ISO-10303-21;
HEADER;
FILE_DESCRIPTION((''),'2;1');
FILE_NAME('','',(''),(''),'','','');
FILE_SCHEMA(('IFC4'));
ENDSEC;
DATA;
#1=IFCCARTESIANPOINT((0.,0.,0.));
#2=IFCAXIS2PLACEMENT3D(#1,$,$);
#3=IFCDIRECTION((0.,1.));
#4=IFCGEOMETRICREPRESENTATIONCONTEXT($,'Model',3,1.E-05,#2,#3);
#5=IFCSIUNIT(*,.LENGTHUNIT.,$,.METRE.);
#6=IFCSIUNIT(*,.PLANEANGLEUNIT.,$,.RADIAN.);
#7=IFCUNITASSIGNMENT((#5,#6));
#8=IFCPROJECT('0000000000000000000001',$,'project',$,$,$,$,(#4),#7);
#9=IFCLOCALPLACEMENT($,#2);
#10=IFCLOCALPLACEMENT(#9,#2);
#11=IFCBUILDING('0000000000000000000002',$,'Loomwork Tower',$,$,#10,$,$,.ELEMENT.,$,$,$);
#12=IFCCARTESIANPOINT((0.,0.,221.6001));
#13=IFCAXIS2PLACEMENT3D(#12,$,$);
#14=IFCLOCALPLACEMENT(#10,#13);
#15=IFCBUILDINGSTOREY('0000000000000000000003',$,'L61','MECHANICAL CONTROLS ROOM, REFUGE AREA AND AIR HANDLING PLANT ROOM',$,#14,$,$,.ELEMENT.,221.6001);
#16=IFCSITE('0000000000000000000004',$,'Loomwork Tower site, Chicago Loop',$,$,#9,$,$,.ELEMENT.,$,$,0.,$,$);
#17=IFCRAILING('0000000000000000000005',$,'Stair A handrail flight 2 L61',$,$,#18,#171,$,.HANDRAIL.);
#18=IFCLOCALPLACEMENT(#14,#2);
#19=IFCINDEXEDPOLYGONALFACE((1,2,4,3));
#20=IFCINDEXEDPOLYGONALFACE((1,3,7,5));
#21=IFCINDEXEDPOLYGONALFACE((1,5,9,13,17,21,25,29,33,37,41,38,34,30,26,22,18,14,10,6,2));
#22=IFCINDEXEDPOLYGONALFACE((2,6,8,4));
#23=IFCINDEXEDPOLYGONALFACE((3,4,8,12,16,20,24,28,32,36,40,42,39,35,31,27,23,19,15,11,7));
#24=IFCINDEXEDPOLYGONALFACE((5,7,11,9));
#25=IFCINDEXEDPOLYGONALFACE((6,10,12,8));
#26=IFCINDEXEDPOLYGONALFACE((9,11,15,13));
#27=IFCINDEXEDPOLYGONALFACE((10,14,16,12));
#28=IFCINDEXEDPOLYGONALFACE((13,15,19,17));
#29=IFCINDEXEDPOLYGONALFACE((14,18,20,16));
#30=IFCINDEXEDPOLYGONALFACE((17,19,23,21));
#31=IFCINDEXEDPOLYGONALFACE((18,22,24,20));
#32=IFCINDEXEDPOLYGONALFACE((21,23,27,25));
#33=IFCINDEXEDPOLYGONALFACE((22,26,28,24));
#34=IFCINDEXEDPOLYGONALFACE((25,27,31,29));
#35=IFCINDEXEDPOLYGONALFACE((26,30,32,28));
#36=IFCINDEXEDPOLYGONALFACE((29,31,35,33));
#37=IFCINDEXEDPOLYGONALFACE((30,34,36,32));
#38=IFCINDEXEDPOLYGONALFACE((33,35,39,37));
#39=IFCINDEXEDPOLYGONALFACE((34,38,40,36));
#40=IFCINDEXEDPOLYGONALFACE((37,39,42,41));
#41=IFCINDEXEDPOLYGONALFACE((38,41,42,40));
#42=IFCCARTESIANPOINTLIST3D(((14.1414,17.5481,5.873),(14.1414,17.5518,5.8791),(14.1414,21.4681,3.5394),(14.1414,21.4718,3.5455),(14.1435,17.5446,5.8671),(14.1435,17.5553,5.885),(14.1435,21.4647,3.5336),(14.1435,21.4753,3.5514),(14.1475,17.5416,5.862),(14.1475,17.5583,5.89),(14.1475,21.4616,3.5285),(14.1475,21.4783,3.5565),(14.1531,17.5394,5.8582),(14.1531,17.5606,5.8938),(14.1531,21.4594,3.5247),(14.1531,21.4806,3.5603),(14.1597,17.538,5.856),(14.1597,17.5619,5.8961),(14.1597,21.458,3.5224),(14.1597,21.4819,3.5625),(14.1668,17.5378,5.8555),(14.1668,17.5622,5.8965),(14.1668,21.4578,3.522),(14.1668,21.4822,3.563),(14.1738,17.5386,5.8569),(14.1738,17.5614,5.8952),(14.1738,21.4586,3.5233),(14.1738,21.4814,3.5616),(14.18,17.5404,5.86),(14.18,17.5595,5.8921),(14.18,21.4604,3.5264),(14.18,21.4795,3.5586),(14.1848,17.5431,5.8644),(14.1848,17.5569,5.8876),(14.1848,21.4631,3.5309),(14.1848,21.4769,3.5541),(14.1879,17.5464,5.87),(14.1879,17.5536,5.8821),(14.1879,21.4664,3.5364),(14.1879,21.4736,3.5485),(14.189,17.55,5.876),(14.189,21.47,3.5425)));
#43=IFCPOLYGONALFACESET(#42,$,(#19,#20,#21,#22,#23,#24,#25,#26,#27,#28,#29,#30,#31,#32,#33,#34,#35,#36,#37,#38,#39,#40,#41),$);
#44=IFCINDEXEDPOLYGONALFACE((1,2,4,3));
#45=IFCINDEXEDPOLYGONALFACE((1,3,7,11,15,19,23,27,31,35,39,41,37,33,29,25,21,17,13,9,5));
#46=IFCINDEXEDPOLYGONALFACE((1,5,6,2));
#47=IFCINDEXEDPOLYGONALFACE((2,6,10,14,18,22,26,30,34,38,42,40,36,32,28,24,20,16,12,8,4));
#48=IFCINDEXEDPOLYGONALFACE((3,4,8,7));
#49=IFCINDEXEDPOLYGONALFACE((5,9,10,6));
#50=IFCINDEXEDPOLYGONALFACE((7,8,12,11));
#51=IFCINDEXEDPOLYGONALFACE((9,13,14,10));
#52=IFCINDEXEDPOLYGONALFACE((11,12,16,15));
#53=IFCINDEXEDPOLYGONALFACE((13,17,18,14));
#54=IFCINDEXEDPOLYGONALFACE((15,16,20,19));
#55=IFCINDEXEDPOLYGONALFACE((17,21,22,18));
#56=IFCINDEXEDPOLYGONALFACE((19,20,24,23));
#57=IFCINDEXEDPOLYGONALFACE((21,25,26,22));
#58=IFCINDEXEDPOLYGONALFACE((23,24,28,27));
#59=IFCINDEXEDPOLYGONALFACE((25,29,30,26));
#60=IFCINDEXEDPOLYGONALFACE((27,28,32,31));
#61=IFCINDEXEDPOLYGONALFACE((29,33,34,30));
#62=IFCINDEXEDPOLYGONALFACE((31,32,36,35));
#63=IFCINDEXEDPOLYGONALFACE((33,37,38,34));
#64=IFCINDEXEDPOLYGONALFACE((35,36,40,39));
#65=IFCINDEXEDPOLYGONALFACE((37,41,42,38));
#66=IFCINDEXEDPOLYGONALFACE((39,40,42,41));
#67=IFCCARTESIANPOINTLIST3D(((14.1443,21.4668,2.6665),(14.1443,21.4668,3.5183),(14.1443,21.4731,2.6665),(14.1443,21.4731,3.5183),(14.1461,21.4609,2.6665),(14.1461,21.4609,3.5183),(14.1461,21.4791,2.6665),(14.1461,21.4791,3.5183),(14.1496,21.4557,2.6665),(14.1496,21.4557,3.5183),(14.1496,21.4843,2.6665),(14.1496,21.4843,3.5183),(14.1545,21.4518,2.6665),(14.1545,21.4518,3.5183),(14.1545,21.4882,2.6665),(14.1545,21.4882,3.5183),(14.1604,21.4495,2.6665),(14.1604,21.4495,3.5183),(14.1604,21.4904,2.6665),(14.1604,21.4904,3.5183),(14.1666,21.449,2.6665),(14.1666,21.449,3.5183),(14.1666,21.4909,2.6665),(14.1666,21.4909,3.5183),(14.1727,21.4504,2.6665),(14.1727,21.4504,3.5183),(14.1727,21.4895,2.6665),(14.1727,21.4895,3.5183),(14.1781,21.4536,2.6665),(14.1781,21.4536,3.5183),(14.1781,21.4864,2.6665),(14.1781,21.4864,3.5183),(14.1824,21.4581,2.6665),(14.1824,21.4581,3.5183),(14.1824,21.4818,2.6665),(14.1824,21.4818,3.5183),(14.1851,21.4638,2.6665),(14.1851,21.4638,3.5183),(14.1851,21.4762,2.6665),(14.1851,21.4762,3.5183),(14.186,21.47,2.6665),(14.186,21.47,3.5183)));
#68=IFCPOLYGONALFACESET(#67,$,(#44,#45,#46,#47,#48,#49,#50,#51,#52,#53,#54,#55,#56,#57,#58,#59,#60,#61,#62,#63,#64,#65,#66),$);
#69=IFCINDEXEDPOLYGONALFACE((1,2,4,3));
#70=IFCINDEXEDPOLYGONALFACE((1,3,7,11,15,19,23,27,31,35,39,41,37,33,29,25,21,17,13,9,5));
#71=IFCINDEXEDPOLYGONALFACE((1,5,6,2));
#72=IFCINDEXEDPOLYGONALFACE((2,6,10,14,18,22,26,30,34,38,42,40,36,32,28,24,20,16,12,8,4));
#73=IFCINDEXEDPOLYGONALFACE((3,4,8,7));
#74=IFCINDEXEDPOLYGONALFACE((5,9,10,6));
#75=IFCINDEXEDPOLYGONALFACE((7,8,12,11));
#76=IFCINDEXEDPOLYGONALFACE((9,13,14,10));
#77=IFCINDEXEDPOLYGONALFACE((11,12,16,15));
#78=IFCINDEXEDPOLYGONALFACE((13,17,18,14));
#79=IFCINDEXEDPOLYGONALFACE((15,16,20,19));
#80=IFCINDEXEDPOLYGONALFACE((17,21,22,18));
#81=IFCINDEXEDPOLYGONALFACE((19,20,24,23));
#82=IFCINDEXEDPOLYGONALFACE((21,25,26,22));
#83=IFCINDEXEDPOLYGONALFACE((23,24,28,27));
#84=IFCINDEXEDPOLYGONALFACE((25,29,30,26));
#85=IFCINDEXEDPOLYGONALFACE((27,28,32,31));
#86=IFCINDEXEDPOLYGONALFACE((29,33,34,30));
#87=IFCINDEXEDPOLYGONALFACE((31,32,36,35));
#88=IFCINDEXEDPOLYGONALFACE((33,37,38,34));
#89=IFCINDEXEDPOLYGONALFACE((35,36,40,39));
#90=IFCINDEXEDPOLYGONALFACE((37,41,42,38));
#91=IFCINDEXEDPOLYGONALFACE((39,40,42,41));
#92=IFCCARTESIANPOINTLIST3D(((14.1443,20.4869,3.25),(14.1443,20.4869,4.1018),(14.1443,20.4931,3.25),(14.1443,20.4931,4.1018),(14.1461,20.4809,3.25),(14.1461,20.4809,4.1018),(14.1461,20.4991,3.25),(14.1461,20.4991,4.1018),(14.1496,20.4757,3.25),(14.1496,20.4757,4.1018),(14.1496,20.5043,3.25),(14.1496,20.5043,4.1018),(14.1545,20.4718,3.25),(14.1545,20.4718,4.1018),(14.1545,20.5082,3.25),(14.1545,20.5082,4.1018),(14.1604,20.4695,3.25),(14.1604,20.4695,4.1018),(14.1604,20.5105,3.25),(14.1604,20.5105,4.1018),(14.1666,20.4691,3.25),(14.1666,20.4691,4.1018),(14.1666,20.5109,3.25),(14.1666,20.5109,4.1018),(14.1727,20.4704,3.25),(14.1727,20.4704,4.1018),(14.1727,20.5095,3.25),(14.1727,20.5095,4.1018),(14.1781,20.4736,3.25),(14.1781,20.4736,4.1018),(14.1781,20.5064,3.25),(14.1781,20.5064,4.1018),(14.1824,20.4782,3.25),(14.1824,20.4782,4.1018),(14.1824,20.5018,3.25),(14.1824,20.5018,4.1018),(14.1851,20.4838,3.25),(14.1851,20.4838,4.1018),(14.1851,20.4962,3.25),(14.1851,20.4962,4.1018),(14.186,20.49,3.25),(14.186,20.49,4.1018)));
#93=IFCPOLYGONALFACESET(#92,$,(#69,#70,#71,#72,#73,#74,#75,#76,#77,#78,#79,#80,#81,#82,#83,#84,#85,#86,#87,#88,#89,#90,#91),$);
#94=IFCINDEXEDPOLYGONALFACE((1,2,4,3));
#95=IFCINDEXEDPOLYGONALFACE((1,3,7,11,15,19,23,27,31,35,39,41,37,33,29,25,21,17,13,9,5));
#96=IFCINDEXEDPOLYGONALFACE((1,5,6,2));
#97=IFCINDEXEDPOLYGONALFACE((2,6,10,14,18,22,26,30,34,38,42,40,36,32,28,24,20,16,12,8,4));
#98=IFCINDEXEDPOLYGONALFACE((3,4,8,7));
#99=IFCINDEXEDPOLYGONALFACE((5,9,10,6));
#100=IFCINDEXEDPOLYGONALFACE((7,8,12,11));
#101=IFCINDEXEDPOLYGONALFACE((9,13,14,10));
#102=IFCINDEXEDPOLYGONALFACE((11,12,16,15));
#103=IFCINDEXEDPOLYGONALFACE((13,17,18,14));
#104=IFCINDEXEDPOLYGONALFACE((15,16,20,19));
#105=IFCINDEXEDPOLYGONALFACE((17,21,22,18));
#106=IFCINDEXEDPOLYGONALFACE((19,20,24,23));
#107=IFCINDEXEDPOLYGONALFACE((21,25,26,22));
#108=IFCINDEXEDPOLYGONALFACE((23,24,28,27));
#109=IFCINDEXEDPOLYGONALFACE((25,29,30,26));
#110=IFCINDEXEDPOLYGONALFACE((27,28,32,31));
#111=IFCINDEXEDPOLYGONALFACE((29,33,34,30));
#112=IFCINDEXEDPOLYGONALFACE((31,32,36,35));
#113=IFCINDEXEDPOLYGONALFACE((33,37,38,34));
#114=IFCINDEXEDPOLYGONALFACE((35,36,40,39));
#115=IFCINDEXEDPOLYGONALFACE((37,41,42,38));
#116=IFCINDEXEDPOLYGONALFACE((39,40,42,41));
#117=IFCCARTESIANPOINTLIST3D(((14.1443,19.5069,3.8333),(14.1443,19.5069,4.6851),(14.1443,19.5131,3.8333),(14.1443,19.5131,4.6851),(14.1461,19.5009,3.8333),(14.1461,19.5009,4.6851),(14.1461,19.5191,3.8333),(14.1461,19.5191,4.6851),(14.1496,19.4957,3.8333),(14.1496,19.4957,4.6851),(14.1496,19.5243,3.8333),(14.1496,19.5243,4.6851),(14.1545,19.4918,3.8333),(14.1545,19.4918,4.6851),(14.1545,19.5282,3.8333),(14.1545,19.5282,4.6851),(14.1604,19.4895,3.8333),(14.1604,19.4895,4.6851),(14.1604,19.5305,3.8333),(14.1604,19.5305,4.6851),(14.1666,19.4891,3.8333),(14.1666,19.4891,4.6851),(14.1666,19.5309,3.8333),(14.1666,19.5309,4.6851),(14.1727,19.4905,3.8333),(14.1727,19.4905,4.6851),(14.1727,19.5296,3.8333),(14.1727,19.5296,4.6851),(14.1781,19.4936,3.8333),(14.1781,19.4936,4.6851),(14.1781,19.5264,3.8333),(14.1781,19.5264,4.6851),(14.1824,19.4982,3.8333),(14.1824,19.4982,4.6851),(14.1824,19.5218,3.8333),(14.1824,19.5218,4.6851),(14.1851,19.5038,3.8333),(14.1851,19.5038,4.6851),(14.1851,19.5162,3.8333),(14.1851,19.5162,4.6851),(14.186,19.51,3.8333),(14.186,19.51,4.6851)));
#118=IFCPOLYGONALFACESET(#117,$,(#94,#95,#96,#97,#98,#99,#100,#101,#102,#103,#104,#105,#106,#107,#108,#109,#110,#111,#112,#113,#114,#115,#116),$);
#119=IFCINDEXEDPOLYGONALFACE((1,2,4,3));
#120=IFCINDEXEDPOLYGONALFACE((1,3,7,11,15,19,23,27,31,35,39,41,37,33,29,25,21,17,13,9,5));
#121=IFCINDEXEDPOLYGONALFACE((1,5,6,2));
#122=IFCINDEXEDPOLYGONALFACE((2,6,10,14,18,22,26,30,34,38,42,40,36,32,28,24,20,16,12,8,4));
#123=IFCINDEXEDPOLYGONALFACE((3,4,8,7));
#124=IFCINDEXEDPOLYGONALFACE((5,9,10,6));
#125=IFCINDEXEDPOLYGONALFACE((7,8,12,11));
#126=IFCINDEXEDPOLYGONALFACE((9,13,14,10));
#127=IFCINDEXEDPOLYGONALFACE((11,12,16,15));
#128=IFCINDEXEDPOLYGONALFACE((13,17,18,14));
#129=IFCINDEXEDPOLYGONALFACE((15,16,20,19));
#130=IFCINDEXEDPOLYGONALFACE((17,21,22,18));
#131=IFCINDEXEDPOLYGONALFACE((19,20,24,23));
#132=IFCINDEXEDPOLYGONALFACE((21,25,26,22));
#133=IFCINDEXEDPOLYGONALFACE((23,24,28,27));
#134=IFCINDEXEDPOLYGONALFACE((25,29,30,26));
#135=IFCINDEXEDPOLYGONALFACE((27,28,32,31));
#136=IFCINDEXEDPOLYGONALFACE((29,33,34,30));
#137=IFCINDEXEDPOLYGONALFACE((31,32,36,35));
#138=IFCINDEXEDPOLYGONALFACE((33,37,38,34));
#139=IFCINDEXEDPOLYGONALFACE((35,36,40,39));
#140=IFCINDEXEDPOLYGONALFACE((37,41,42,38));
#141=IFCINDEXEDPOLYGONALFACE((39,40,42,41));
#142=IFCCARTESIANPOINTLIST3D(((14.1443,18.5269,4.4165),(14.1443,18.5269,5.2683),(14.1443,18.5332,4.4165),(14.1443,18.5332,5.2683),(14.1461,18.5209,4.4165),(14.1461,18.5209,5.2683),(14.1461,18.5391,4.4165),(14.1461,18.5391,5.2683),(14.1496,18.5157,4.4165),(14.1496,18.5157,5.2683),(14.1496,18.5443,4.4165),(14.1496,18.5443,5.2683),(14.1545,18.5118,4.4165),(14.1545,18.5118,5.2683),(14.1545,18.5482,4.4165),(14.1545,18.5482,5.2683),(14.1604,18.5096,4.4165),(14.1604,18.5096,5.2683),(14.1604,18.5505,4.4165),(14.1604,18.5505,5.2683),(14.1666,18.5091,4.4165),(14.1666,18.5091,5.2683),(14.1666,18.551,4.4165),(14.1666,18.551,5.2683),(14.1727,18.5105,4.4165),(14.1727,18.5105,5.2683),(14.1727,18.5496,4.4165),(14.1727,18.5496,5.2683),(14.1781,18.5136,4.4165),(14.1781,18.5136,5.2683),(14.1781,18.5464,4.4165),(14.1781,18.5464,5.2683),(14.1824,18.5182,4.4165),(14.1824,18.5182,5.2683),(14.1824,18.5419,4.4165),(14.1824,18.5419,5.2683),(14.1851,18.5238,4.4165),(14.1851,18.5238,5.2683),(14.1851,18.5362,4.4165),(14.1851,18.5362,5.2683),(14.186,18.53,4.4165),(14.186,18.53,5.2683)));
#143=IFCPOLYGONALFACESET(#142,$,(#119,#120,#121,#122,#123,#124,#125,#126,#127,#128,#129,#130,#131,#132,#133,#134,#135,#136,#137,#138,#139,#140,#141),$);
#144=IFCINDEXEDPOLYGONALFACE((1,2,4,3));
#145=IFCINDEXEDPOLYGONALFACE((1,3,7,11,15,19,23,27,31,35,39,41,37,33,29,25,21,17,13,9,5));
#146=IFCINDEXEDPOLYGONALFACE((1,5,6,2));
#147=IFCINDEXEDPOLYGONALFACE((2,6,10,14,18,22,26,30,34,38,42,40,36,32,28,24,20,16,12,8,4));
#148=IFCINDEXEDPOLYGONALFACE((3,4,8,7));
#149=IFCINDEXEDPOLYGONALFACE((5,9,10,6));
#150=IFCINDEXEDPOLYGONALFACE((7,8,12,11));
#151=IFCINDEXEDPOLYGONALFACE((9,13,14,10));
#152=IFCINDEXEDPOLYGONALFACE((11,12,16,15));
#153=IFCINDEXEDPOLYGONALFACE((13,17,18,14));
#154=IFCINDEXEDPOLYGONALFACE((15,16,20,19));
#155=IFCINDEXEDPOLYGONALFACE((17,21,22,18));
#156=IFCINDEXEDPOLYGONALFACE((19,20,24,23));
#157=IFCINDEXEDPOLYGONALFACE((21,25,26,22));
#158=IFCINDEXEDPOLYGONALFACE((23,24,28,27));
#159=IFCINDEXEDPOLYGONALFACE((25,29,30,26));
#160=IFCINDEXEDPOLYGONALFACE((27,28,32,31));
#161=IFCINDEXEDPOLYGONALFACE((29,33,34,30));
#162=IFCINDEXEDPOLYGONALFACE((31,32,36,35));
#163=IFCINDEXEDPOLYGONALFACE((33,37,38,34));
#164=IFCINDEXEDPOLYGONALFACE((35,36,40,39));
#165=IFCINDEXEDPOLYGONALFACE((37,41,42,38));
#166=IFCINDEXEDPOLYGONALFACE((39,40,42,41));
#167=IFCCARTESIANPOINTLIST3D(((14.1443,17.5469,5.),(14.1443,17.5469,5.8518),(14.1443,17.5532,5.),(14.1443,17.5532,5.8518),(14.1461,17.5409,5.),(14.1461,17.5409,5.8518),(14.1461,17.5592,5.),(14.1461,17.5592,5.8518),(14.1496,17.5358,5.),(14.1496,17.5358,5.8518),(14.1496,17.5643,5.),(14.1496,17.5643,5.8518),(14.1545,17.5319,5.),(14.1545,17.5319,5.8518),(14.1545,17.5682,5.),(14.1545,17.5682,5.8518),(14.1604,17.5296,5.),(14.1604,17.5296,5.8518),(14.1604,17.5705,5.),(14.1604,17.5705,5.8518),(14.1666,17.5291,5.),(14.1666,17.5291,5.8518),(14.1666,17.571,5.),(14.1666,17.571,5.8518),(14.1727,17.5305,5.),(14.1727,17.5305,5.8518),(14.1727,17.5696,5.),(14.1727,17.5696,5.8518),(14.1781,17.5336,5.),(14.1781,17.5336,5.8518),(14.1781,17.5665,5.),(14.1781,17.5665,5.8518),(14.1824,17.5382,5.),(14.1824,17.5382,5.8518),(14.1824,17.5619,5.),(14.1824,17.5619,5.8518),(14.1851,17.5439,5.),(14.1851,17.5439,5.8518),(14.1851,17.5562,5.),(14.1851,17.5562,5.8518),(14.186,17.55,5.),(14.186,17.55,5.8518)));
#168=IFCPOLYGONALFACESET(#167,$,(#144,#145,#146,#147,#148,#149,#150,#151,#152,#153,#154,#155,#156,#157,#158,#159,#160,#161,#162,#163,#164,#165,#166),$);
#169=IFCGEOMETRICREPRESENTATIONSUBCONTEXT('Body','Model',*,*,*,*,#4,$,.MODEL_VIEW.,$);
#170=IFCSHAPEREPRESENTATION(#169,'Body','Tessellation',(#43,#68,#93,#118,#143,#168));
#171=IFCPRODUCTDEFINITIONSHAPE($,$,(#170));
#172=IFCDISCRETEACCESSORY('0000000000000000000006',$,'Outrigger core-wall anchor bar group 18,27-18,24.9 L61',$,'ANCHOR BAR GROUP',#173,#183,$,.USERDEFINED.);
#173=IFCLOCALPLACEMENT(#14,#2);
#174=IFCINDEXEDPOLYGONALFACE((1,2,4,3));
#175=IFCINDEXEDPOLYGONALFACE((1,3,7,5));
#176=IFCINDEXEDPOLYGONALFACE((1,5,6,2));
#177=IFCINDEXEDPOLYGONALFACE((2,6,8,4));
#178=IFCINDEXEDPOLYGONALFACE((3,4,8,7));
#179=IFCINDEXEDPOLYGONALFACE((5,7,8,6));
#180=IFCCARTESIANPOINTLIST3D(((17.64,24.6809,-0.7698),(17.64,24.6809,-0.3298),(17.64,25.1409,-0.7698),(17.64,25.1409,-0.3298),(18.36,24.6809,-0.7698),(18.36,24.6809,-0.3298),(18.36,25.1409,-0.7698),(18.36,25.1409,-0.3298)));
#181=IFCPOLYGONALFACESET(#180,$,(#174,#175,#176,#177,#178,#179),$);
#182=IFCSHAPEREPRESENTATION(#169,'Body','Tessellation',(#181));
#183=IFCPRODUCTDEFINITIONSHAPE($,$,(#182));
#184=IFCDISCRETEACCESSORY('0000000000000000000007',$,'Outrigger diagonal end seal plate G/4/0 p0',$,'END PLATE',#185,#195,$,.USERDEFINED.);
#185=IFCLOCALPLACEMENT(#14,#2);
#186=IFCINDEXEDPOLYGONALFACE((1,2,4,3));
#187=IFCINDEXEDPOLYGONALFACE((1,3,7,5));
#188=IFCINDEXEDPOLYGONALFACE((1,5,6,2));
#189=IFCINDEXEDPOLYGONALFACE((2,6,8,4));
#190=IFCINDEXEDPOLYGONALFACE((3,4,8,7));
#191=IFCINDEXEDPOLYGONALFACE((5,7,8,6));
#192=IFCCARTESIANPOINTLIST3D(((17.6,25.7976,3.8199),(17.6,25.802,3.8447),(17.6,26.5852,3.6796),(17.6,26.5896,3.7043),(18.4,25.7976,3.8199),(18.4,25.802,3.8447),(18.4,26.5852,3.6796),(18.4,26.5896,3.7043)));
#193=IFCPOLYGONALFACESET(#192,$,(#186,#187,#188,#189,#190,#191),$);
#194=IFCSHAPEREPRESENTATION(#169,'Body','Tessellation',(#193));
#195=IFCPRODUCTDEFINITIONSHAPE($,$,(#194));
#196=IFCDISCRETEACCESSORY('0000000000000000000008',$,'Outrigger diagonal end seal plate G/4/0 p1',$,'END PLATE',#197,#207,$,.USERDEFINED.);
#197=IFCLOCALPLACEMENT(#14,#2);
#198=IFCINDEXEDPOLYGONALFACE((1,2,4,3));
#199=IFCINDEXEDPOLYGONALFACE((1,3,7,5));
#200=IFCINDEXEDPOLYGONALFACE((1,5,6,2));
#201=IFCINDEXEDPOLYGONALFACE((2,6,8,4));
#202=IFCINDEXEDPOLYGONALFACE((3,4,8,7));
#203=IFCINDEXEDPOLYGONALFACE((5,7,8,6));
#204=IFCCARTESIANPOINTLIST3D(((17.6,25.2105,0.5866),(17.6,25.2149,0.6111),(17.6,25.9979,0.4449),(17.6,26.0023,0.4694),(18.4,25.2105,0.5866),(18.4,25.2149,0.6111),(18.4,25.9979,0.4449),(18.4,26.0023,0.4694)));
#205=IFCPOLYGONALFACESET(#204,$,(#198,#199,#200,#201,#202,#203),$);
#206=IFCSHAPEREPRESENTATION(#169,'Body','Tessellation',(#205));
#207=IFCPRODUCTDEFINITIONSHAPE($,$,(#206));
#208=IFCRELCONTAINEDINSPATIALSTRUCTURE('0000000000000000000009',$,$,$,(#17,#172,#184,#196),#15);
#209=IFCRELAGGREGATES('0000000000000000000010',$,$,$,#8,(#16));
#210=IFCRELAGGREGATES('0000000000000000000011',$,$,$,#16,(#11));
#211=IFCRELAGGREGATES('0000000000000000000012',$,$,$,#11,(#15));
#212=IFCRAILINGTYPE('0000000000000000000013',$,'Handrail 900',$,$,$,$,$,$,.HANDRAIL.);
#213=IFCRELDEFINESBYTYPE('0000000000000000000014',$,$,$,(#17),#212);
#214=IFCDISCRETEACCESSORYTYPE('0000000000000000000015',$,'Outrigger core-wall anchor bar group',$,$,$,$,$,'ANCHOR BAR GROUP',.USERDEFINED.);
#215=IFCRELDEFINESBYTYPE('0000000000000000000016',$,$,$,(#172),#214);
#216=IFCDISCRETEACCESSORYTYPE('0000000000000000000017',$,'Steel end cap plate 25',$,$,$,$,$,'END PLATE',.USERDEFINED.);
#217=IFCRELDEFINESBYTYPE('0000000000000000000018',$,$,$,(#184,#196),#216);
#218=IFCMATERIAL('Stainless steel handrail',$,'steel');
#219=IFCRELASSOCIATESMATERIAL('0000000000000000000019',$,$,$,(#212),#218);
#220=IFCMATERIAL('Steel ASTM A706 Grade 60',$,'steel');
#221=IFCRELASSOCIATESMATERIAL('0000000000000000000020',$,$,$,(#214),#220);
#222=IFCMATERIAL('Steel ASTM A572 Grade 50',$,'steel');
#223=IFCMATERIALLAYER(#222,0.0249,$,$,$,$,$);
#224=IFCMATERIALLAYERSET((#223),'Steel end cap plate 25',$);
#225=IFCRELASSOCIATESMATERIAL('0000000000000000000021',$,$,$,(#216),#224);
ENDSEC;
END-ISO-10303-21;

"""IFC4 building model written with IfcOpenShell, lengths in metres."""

from ifc_helpers import new_model, si_unit, direction, frame, origin, origin_2d, place, context, subcontext, project, spatial, rectangle, circle, extrude, material, layer, layer_set, type_object, element, save


model = new_model("IFC4")

# Units and contexts
model_context = context("Model", 3, precision=1e-05, world=origin(), true_north=direction((0.0, 1.0)))
body_context = subcontext(model_context, "Body", "Model", "MODEL_VIEW")
ifc_project = project(units=[si_unit("LENGTHUNIT", "METRE"), si_unit("PLANEANGLEUNIT", "RADIAN")], contexts=[model_context])

# Site, building, storey
site_placement = place(None, origin())
site = spatial("IfcSite", under=ifc_project, at=site_placement, Name="Loomwork Tower site, Chicago Loop", CompositionType="ELEMENT", RefElevation=0.0)
building_placement = place(site_placement, origin())
building = spatial("IfcBuilding", under=site, at=building_placement, Name="Loomwork Tower", CompositionType="ELEMENT")
storey_placement = place(building_placement, frame((0.0, 0.0, 221.6001)))
storey = spatial("IfcBuildingStorey", under=building, at=storey_placement, Name="L61", Description="MECHANICAL CONTROLS ROOM, REFUGE AREA AND AIR HANDLING PLANT ROOM", CompositionType="ELEMENT", Elevation=221.6001)

# Railing
ifc_material_1 = material(Name="Stainless steel handrail", Category="steel")
railing_type = type_object("IfcRailingType", Name="Handrail 900", PredefinedType="HANDRAIL", material=ifc_material_1)
railing_placement = place(storey_placement, frame((14.165, 21.47, 2.6665)))
element("IfcRailing", 1, at=railing_placement, inside=storey, type_object=railing_type, Name="Stair A handrail flight 2 L61", PredefinedType="HANDRAIL", context=body_context, shape_type="SweptSolid", body=[
    extrude(circle(Radius=0.0239, at=origin_2d()), frame((0.0, 0.0, 0.876), z_axis=(0.0, -0.859273, 0.511518), x_axis=(1.0, 0.0, 0.0)), (0.0, 0.0, 1.0), 4.562),
    extrude(circle(Radius=0.021, at=origin_2d()), origin(), (0.0, 0.0, 1.0), 0.8518),
    extrude(circle(Radius=0.021, at=origin_2d()), frame((0.0, -0.98, 0.5835)), (0.0, 0.0, 1.0), 0.8518),
    extrude(circle(Radius=0.021, at=origin_2d()), frame((0.0, -1.96, 1.1667)), (0.0, 0.0, 1.0), 0.8518),
    extrude(circle(Radius=0.021, at=origin_2d()), frame((0.0, -2.9399, 1.75)), (0.0, 0.0, 1.0), 0.8518),
    extrude(circle(Radius=0.021, at=origin_2d()), frame((0.0, -3.9199, 2.3335)), (0.0, 0.0, 1.0), 0.8518),
])

# Discrete accessories
ifc_material_2 = material(Name="Steel ASTM A706 Grade 60", Category="steel")
discrete_accessory_type_1 = type_object("IfcDiscreteAccessoryType", Name="Outrigger core-wall anchor bar group", ElementType="ANCHOR BAR GROUP", PredefinedType="USERDEFINED", material=ifc_material_2)
discrete_accessory_1_placement = place(storey_placement, frame((18.0, 24.9109, -0.7698), z_axis=(0.0, 0.0, 1.0), x_axis=(1.0, 0.0, 0.0)))
element("IfcDiscreteAccessory", 2, at=discrete_accessory_1_placement, inside=storey, type_object=discrete_accessory_type_1, Name="Outrigger core-wall anchor bar group 18,27-18,24.9 L61", ObjectType="ANCHOR BAR GROUP", PredefinedType="USERDEFINED", context=body_context, shape_type="SweptSolid", body=[
    extrude(rectangle(XDim=0.72, YDim=0.46, at=origin_2d()), origin(), (0.0, 0.0, 1.0), 0.4399),
])
ifc_material_3 = material(Name="Steel ASTM A572 Grade 50", Category="steel")
ifc_layer_1 = layer(ifc_material_3, 0.0249)
ifc_layer_set_1 = layer_set([ifc_layer_1], Name="Steel end cap plate 25")
discrete_accessory_type_2 = type_object("IfcDiscreteAccessoryType", Name="Steel end cap plate 25", ElementType="END PLATE", PredefinedType="USERDEFINED", material=ifc_layer_set_1)
discrete_accessory_2_placement = place(storey_placement, frame((18.0, 26.1914, 3.7498), z_axis=(0.0, 0.175453, 0.984488), x_axis=(-1.0, 0.0, 0.0)))
element("IfcDiscreteAccessory", 3, at=discrete_accessory_2_placement, inside=storey, type_object=discrete_accessory_type_2, Name="Outrigger diagonal end seal plate G/4/0 p0", ObjectType="END PLATE", PredefinedType="USERDEFINED", context=body_context, shape_type="SweptSolid", body=[
    extrude(rectangle(XDim=0.8, YDim=0.8, at=origin_2d()), origin(), (0.0, 0.0, 1.0), 0.0251),
])
discrete_accessory_3_placement = place(storey_placement, frame((18.0, 25.6086, 0.5403), z_axis=(0.0, -0.177153, -0.984183), x_axis=(1.0, 0.0, 0.0)))
element("IfcDiscreteAccessory", 4, at=discrete_accessory_3_placement, inside=storey, type_object=discrete_accessory_type_2, Name="Outrigger diagonal end seal plate G/4/0 p1", ObjectType="END PLATE", PredefinedType="USERDEFINED", context=body_context, shape_type="SweptSolid", body=[
    extrude(rectangle(XDim=0.8, YDim=0.8, at=origin_2d()), origin(), (0.0, 0.0, 1.0), 0.0249),
])

save(model, "model.ifc")
